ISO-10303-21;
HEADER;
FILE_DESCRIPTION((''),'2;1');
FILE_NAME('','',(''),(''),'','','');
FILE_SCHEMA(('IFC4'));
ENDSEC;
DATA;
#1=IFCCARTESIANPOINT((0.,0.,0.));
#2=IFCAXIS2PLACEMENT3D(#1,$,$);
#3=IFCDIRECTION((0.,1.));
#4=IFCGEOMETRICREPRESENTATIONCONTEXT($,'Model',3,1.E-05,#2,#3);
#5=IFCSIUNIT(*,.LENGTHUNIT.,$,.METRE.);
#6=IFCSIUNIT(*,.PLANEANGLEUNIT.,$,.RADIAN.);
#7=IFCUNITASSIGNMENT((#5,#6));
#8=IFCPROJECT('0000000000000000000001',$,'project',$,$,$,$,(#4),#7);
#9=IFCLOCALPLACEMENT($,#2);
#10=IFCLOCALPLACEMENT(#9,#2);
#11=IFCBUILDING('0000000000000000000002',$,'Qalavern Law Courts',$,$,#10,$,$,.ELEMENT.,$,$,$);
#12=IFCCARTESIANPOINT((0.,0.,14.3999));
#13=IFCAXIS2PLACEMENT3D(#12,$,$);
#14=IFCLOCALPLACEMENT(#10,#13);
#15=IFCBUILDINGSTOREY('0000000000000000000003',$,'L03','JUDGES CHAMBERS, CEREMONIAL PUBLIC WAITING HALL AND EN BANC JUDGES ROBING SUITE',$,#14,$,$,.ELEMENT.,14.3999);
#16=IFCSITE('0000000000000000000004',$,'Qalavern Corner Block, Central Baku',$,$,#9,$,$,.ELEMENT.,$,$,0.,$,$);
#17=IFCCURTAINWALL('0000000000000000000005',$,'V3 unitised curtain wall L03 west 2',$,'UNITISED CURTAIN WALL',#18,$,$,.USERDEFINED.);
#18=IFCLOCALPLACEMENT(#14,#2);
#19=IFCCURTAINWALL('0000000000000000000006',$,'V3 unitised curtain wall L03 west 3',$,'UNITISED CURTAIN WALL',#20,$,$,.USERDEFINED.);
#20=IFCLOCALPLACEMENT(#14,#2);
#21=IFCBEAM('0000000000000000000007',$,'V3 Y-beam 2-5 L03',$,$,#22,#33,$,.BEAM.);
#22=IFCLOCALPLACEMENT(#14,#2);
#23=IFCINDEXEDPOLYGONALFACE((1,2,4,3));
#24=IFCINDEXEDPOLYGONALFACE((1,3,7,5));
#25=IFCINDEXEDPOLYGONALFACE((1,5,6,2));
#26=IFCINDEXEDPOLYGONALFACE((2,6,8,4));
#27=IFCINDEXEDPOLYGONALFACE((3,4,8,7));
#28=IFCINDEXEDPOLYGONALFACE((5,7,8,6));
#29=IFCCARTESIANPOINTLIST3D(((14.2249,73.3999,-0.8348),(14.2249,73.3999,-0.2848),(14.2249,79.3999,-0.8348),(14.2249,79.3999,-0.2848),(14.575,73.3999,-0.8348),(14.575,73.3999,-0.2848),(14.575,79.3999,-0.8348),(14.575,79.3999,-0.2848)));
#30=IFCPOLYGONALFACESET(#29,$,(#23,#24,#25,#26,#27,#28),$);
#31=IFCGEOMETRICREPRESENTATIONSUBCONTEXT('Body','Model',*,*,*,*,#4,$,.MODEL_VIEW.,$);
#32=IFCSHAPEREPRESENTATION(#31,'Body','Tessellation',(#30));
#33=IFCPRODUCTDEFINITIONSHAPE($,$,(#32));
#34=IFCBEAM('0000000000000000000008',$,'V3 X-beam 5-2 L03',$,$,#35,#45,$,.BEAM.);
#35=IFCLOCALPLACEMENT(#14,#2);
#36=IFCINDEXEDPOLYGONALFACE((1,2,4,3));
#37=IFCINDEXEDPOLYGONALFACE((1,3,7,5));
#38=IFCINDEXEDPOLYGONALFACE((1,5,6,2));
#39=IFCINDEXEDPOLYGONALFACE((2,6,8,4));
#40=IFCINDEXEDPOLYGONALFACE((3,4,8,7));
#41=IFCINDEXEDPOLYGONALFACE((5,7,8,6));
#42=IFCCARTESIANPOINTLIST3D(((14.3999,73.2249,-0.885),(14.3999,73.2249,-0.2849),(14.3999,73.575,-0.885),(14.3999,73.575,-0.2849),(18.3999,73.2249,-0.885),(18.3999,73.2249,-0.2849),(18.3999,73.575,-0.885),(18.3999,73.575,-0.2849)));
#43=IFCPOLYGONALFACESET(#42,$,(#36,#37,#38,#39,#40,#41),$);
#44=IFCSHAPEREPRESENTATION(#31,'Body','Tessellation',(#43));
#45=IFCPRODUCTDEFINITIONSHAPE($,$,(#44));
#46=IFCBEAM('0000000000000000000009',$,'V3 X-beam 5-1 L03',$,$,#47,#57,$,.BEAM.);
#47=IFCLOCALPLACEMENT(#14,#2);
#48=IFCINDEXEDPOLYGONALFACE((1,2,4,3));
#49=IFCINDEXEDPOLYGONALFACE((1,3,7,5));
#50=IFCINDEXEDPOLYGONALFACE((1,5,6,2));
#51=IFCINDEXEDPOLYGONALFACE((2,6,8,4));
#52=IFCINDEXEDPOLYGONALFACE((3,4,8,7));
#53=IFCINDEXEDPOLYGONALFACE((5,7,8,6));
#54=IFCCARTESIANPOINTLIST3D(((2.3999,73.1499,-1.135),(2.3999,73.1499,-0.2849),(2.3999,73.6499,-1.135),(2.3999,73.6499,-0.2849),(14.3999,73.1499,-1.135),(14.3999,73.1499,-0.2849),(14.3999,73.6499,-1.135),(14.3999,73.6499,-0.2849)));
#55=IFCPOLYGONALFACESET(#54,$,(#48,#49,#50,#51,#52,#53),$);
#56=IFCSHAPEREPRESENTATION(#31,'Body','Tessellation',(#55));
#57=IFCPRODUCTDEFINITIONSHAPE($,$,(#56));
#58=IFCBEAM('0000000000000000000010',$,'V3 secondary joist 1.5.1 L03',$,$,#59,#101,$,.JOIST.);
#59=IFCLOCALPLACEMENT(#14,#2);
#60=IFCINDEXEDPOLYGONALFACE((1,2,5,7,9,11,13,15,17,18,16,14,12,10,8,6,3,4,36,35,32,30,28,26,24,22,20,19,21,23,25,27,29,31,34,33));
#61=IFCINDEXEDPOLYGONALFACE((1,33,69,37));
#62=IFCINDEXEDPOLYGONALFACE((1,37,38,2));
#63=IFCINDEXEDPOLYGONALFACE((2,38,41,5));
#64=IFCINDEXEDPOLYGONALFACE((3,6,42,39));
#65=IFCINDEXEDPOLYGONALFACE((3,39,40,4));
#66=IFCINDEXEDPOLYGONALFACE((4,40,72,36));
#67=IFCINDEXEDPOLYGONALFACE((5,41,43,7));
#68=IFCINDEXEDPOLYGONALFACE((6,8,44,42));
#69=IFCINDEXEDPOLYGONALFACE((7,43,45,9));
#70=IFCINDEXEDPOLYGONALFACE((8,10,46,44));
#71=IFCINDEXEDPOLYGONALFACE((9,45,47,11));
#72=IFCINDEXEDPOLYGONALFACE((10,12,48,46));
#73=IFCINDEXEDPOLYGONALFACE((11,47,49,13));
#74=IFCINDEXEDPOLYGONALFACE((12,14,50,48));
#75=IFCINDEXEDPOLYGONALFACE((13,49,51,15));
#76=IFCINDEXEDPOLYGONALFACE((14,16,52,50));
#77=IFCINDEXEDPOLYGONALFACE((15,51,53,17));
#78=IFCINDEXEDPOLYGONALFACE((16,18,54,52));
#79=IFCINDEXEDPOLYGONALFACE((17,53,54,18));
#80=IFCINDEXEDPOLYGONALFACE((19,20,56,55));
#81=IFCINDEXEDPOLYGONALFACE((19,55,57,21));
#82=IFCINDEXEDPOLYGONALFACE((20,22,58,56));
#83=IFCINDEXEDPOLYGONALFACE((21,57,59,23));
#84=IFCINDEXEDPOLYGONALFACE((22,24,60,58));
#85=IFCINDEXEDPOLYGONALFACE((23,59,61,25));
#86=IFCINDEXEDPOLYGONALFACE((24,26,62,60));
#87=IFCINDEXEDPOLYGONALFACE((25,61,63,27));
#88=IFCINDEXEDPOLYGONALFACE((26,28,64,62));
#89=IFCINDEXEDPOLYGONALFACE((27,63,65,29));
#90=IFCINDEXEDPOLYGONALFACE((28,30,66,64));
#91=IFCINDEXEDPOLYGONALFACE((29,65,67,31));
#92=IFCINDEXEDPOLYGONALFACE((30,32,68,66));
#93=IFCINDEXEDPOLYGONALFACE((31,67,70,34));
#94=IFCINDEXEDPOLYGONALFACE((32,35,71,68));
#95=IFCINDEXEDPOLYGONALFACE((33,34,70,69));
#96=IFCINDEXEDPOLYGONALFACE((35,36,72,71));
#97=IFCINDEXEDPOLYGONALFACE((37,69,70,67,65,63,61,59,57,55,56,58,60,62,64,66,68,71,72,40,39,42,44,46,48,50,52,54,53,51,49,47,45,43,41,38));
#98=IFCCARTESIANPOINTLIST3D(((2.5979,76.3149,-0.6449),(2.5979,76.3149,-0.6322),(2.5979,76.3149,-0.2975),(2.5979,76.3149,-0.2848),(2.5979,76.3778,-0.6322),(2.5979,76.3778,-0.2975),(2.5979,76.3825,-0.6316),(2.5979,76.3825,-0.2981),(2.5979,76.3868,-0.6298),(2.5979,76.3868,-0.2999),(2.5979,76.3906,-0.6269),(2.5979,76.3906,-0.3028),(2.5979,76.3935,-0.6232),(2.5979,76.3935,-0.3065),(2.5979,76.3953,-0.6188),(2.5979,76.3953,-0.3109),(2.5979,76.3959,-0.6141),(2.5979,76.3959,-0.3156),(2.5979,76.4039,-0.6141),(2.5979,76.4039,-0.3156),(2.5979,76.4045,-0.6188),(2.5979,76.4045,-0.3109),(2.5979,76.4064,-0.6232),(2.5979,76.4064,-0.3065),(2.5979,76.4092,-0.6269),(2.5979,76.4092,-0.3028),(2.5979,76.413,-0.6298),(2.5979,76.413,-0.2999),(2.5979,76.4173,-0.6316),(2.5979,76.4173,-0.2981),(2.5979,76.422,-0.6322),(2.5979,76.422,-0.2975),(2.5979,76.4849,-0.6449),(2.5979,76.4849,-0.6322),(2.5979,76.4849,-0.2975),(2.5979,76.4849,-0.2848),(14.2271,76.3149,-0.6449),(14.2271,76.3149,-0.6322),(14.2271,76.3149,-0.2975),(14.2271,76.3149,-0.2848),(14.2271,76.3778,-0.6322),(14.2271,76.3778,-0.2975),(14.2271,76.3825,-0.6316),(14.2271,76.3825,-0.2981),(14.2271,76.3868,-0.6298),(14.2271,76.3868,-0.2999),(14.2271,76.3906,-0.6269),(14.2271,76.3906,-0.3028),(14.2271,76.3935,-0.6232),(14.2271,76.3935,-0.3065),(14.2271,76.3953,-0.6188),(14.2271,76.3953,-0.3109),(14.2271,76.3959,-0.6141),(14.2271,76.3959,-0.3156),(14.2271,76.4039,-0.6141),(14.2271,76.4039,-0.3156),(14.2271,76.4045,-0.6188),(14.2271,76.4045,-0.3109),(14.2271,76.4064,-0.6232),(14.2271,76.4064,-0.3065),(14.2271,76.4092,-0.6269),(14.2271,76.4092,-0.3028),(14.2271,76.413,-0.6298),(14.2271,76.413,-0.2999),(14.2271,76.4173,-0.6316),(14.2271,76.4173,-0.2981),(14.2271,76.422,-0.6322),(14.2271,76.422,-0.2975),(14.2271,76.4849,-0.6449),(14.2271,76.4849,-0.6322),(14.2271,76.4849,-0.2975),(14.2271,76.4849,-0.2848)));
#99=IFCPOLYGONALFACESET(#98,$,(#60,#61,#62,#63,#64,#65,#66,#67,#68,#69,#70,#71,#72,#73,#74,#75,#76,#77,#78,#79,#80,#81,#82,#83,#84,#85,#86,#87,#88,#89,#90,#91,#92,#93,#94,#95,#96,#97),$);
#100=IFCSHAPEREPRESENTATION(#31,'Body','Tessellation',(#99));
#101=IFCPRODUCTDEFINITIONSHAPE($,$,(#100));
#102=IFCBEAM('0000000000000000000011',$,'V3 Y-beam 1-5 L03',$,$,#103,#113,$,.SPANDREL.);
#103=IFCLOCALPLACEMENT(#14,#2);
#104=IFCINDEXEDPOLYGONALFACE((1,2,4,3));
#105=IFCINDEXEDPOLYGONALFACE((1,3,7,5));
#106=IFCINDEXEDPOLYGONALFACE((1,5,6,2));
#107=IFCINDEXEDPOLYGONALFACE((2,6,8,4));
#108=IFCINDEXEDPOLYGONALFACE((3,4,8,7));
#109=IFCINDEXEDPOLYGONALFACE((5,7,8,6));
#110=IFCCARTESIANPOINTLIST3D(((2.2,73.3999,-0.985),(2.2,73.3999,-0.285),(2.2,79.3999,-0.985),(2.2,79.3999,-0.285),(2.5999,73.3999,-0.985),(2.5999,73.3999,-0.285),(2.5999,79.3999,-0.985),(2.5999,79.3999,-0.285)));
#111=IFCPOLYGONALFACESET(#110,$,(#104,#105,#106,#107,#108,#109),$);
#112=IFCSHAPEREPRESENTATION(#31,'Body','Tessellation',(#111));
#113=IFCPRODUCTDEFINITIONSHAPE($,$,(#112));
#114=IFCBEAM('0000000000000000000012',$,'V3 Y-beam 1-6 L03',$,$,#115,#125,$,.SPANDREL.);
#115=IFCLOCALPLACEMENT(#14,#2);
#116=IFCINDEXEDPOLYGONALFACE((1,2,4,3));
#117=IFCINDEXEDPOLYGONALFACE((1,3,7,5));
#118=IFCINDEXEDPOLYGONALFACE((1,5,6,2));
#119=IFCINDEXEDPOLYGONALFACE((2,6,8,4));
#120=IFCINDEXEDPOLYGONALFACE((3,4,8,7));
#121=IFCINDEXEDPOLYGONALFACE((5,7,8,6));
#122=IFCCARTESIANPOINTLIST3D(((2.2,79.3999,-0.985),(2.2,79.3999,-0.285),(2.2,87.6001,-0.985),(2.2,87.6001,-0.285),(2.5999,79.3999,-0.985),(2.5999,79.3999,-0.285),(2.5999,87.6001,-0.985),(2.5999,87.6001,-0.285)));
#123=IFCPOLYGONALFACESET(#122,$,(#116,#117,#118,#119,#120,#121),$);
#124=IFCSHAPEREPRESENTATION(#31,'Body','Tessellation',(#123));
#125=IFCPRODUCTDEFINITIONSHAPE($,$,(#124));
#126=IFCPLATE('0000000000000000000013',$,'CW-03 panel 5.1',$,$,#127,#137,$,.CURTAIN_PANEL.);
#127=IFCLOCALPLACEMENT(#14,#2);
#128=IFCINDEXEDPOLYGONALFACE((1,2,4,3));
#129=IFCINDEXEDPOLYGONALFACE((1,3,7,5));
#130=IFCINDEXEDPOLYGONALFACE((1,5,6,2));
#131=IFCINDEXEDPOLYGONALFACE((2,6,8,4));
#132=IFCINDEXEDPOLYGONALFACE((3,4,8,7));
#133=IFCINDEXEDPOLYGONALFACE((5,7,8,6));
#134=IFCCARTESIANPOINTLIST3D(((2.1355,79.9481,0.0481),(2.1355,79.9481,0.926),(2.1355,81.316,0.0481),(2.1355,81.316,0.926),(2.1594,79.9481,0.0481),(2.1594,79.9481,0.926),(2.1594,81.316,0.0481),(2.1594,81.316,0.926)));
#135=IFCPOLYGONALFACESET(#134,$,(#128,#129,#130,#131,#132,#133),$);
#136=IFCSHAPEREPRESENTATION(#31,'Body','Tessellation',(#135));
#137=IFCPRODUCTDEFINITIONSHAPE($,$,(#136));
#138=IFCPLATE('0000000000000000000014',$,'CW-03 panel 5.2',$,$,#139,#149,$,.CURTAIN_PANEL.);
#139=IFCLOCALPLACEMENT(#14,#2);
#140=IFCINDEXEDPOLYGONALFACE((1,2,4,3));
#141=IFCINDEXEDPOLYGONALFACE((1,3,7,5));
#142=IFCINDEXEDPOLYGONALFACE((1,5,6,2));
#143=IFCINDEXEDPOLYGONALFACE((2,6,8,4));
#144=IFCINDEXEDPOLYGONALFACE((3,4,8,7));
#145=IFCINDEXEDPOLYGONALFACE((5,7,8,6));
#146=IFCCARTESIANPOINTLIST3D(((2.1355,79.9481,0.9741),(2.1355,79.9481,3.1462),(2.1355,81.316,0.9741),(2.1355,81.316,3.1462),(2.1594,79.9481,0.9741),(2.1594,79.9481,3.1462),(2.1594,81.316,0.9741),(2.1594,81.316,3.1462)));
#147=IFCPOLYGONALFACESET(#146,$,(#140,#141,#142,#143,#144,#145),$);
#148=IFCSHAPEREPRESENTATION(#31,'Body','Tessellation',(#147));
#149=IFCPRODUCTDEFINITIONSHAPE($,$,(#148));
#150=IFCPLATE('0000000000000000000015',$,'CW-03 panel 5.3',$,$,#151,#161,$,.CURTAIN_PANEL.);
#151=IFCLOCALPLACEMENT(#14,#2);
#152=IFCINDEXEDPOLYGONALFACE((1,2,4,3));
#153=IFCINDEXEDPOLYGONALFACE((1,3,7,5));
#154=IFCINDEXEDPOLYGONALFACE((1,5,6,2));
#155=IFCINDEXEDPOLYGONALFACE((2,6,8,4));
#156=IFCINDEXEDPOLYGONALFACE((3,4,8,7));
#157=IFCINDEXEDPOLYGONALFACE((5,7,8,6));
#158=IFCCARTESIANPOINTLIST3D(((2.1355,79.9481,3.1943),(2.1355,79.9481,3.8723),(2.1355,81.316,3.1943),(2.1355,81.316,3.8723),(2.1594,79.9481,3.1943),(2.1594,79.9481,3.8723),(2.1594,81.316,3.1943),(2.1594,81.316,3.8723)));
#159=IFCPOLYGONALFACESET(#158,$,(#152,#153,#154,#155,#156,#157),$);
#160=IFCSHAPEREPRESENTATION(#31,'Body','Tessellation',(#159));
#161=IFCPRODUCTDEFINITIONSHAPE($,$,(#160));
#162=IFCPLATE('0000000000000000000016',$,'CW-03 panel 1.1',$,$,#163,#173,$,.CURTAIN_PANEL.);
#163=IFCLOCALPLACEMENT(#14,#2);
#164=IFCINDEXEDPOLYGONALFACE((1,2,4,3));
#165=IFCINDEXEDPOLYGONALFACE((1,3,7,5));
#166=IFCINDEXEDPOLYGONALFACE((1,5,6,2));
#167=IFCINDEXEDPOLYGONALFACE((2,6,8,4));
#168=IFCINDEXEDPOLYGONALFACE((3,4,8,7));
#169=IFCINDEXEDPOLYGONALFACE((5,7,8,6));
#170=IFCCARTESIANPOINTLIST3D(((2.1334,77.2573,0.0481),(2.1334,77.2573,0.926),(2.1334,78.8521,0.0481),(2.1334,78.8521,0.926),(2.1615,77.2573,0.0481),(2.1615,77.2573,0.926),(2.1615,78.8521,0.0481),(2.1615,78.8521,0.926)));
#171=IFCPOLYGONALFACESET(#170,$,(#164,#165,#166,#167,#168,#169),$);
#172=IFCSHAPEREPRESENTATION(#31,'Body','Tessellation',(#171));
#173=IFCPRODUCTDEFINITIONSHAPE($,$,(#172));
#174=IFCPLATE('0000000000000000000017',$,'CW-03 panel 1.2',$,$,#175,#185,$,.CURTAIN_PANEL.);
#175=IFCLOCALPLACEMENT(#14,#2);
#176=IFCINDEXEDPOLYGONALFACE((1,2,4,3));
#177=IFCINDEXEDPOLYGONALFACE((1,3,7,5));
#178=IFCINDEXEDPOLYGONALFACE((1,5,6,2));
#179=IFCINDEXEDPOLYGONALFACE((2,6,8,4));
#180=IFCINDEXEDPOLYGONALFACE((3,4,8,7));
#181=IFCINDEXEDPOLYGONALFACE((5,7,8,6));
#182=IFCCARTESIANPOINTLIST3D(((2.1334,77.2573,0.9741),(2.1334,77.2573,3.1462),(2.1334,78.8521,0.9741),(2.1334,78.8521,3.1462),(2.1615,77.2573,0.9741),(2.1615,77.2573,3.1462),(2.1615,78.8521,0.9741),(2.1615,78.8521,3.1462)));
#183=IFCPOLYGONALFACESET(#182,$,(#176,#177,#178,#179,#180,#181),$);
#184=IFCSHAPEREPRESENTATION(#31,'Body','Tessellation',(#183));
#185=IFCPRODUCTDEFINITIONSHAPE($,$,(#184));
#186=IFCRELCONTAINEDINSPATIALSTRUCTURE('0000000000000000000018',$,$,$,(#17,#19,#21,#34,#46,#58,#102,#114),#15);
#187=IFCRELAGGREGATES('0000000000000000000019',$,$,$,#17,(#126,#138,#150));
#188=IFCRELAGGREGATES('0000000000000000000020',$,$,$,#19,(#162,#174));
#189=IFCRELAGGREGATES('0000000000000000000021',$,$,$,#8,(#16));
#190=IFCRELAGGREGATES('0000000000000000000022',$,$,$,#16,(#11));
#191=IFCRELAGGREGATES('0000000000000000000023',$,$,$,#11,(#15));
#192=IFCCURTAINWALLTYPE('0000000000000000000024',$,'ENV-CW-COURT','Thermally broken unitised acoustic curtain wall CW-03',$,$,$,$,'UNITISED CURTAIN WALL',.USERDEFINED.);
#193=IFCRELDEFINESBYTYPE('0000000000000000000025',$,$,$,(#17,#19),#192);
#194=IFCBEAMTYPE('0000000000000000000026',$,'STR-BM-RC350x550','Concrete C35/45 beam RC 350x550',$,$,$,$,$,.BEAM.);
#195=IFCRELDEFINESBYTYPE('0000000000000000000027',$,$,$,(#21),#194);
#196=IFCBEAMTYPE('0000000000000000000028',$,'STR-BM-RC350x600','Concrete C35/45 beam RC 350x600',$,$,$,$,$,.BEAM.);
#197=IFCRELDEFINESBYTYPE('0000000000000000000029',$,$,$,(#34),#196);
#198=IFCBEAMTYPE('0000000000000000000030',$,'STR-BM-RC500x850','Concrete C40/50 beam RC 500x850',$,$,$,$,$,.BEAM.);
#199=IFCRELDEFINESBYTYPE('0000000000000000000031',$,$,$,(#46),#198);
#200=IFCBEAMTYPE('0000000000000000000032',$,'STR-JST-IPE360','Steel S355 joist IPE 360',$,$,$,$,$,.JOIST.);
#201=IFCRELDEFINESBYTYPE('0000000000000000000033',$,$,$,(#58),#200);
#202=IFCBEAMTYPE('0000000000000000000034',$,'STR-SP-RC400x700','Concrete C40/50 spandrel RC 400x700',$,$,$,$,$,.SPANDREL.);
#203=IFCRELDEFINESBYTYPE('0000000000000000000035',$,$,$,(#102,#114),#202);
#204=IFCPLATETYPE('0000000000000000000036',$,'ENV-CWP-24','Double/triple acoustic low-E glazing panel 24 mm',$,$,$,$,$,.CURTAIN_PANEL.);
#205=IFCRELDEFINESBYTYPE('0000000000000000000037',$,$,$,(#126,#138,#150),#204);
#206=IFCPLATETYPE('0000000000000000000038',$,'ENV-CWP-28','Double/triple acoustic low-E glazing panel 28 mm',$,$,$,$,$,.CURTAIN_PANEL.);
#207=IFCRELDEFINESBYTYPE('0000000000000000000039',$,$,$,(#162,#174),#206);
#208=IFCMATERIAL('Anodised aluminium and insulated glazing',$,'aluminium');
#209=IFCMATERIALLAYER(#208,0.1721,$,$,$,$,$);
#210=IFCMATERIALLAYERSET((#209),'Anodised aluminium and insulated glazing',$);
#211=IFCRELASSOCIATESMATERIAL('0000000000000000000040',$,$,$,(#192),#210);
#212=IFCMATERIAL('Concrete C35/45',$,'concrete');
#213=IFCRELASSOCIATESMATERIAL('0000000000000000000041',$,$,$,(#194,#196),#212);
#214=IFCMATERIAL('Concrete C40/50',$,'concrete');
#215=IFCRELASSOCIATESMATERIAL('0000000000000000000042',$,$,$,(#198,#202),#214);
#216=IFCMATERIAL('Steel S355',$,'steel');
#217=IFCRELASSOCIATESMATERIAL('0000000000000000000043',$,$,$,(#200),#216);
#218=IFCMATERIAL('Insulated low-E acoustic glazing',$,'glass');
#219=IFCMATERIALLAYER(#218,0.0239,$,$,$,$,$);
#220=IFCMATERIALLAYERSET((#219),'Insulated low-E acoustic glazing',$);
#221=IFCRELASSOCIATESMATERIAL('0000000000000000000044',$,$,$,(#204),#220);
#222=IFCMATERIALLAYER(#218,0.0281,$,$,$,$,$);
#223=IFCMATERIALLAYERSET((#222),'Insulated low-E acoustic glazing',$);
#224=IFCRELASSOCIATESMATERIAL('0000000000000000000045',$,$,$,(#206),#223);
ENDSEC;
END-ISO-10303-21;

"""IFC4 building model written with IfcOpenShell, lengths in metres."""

from ifc_helpers import new_model, si_unit, direction, frame, origin, origin_2d, place, context, subcontext, project, spatial, rectangle, i_section, extrude, material, layer, layer_set, material_profile, profile_set, type_object, element, aggregate, save


model = new_model("IFC4")

# Units and contexts
model_context = context("Model", 3, precision=1e-05, world=origin(), true_north=direction((0.0, 1.0)))
body_context = subcontext(model_context, "Body", "Model", "MODEL_VIEW")
ifc_project = project(units=[si_unit("LENGTHUNIT", "METRE"), si_unit("PLANEANGLEUNIT", "RADIAN")], contexts=[model_context])

# Site, building, storey
site_placement = place(None, origin())
site = spatial("IfcSite", under=ifc_project, at=site_placement, Name="Qalavern Corner Block, Central Baku", CompositionType="ELEMENT", RefElevation=0.0)
building_placement = place(site_placement, origin())
building = spatial("IfcBuilding", under=site, at=building_placement, Name="Qalavern Law Courts", CompositionType="ELEMENT")
storey_placement = place(building_placement, frame((0.0, 0.0, 14.3999)))
storey = spatial("IfcBuildingStorey", under=building, at=storey_placement, Name="L03", Description="JUDGES CHAMBERS, CEREMONIAL PUBLIC WAITING HALL AND EN BANC JUDGES ROBING SUITE", CompositionType="ELEMENT", Elevation=14.3999)

# Curtain wall
ifc_material_1 = material(Name="Anodised aluminium and insulated glazing", Category="aluminium")
ifc_layer_1 = layer(ifc_material_1, 0.1721)
ifc_layer_set_1 = layer_set([ifc_layer_1], Name="Anodised aluminium and insulated glazing")
curtain_wall_type = type_object("IfcCurtainWallType", Name="ENV-CW-COURT", Description="Thermally broken unitised acoustic curtain wall CW-03", ElementType="UNITISED CURTAIN WALL", PredefinedType="USERDEFINED", material=ifc_layer_set_1)
curtain_wall_1_placement = place(storey_placement, origin())
curtain_wall_1 = element("IfcCurtainWall", 1, at=curtain_wall_1_placement, inside=storey, type_object=curtain_wall_type, Name="V3 unitised curtain wall L03 west 2", ObjectType="UNITISED CURTAIN WALL", PredefinedType="USERDEFINED")

# Curtain wall
curtain_wall_2_placement = place(storey_placement, origin())
curtain_wall_2 = element("IfcCurtainWall", 2, at=curtain_wall_2_placement, inside=storey, type_object=curtain_wall_type, Name="V3 unitised curtain wall L03 west 3", ObjectType="UNITISED CURTAIN WALL", PredefinedType="USERDEFINED")

# Beams
ifc_material_2 = material(Name="Steel S355", Category="steel")
ifc_material_3 = material(Name="Concrete C35/45", Category="concrete")
ifc_material_profile_1 = material_profile(ifc_material_3, rectangle(XDim=0.3501, YDim=0.55, at=origin_2d()), Name="RC 350x550")
ifc_profile_set_1 = profile_set([ifc_material_profile_1], Name="Concrete C35/45")
beam_type_1 = type_object("IfcBeamType", Name="STR-BM-RC350x550", Description="Concrete C35/45 beam RC 350x550", PredefinedType="BEAM", material=ifc_profile_set_1)
beam_1_placement = place(storey_placement, frame((14.3999, 73.3999, -0.5598), z_axis=(0.0, 1.0, 0.0), x_axis=(-1.0, 0.0, 0.0)))
element("IfcBeam", 3, at=beam_1_placement, inside=storey, type_object=beam_type_1, Name="V3 Y-beam 2-5 L03", PredefinedType="BEAM", context=body_context, shape_type="SweptSolid", body=[
    extrude(rectangle(XDim=0.3501, YDim=0.55, at=origin_2d()), origin(), (0.0, 0.0, 1.0), 6.0),
])
ifc_material_profile_2 = material_profile(ifc_material_3, rectangle(XDim=0.3501, YDim=0.6001, at=origin_2d()), Name="RC 350x600")
ifc_profile_set_2 = profile_set([ifc_material_profile_2], Name="Concrete C35/45")
beam_type_2 = type_object("IfcBeamType", Name="STR-BM-RC350x600", Description="Concrete C35/45 beam RC 350x600", PredefinedType="BEAM", material=ifc_profile_set_2)
beam_2_placement = place(storey_placement, frame((14.3999, 73.3999, -0.585), z_axis=(1.0, 0.0, 0.0), x_axis=(0.0, 1.0, 0.0)))
element("IfcBeam", 4, at=beam_2_placement, inside=storey, type_object=beam_type_2, Name="V3 X-beam 5-2 L03", PredefinedType="BEAM", context=body_context, shape_type="SweptSolid", body=[
    extrude(rectangle(XDim=0.3501, YDim=0.6001, at=origin_2d()), origin(), (0.0, 0.0, 1.0), 4.0),
])
ifc_material_4 = material(Name="Concrete C40/50", Category="concrete")
ifc_material_profile_3 = material_profile(ifc_material_4, rectangle(XDim=0.5, YDim=0.8501, at=origin_2d()), Name="RC 500x850")
ifc_profile_set_3 = profile_set([ifc_material_profile_3], Name="Concrete C40/50")
beam_type_3 = type_object("IfcBeamType", Name="STR-BM-RC500x850", Description="Concrete C40/50 beam RC 500x850", PredefinedType="BEAM", material=ifc_profile_set_3)
beam_3_placement = place(storey_placement, frame((2.3999, 73.3999, -0.71), z_axis=(1.0, 0.0, 0.0), x_axis=(0.0, 1.0, 0.0)))
element("IfcBeam", 5, at=beam_3_placement, inside=storey, type_object=beam_type_3, Name="V3 X-beam 5-1 L03", PredefinedType="BEAM", context=body_context, shape_type="SweptSolid", body=[
    extrude(rectangle(XDim=0.5, YDim=0.8501, at=origin_2d()), origin(), (0.0, 0.0, 1.0), 12.0),
])
ifc_material_profile_4 = material_profile(ifc_material_2, i_section(OverallWidth=0.1699, OverallDepth=0.3601, WebThickness=0.0081, FlangeThickness=0.0127, FilletRadius=0.0181, at=origin_2d()), Name="IPE 360")
ifc_profile_set_4 = profile_set([ifc_material_profile_4], Name="Steel S355")
beam_type_4 = type_object("IfcBeamType", Name="STR-JST-IPE360", Description="Steel S355 joist IPE 360", PredefinedType="JOIST", material=ifc_profile_set_4)
beam_4_placement = place(storey_placement, frame((2.5979, 76.3999, -0.4648), z_axis=(1.0, 0.0, 0.0), x_axis=(0.0, 1.0, 0.0)))
element("IfcBeam", 6, at=beam_4_placement, inside=storey, type_object=beam_type_4, Name="V3 secondary joist 1.5.1 L03", PredefinedType="JOIST", context=body_context, shape_type="SweptSolid", body=[
    extrude(i_section(OverallWidth=0.1699, OverallDepth=0.3601, WebThickness=0.0081, FlangeThickness=0.0127, FilletRadius=0.0181, at=origin_2d()), origin(), (0.0, 0.0, 1.0), 11.6292),
])
ifc_material_profile_5 = material_profile(ifc_material_4, rectangle(XDim=0.3999, YDim=0.7, at=origin_2d()), Name="RC 400x700")
ifc_profile_set_5 = profile_set([ifc_material_profile_5], Name="Concrete C40/50")
beam_type_5 = type_object("IfcBeamType", Name="STR-SP-RC400x700", Description="Concrete C40/50 spandrel RC 400x700", PredefinedType="SPANDREL", material=ifc_profile_set_5)
beam_5_placement = place(storey_placement, frame((2.3999, 73.3999, -0.635), z_axis=(0.0, 1.0, 0.0), x_axis=(-1.0, 0.0, 0.0)))
element("IfcBeam", 7, at=beam_5_placement, inside=storey, type_object=beam_type_5, Name="V3 Y-beam 1-5 L03", PredefinedType="SPANDREL", context=body_context, shape_type="SweptSolid", body=[
    extrude(rectangle(XDim=0.3999, YDim=0.7, at=origin_2d()), origin(), (0.0, 0.0, 1.0), 6.0),
])
beam_6_placement = place(storey_placement, frame((2.3999, 79.3999, -0.635), z_axis=(0.0, 1.0, 0.0), x_axis=(-1.0, 0.0, 0.0)))
element("IfcBeam", 8, at=beam_6_placement, inside=storey, type_object=beam_type_5, Name="V3 Y-beam 1-6 L03", PredefinedType="SPANDREL", context=body_context, shape_type="SweptSolid", body=[
    extrude(rectangle(XDim=0.3999, YDim=0.7, at=origin_2d()), origin(), (0.0, 0.0, 1.0), 8.2002),
])

# Plates
ifc_material_5 = material(Name="Insulated low-E acoustic glazing", Category="glass")
ifc_layer_2 = layer(ifc_material_5, 0.0239)
ifc_layer_set_2 = layer_set([ifc_layer_2], Name="Insulated low-E acoustic glazing")
plate_type_1 = type_object("IfcPlateType", Name="ENV-CWP-24", Description="Double/triple acoustic low-E glazing panel 24 mm", PredefinedType="CURTAIN_PANEL", material=ifc_layer_set_2)
plate_1_placement = place(storey_placement, frame((2.1475, 80.6321, 0.0481), z_axis=(0.0, 0.0, 1.0), x_axis=(0.0, -1.0, 0.0)))
plate_1 = element("IfcPlate", 9, at=plate_1_placement, type_object=plate_type_1, Name="CW-03 panel 5.1", PredefinedType="CURTAIN_PANEL", context=body_context, shape_type="SweptSolid", body=[
    extrude(rectangle(XDim=1.3679, YDim=0.0239, at=origin_2d()), origin(), (0.0, 0.0, 1.0), 0.8779),
])
plate_2_placement = place(storey_placement, frame((2.1475, 80.6321, 0.9741), z_axis=(0.0, 0.0, 1.0), x_axis=(0.0, -1.0, 0.0)))
plate_2 = element("IfcPlate", 10, at=plate_2_placement, type_object=plate_type_1, Name="CW-03 panel 5.2", PredefinedType="CURTAIN_PANEL", context=body_context, shape_type="SweptSolid", body=[
    extrude(rectangle(XDim=1.3679, YDim=0.0239, at=origin_2d()), origin(), (0.0, 0.0, 1.0), 2.1721),
])
plate_3_placement = place(storey_placement, frame((2.1475, 80.6321, 3.1943), z_axis=(0.0, 0.0, 1.0), x_axis=(0.0, -1.0, 0.0)))
plate_3 = element("IfcPlate", 11, at=plate_3_placement, type_object=plate_type_1, Name="CW-03 panel 5.3", PredefinedType="CURTAIN_PANEL", context=body_context, shape_type="SweptSolid", body=[
    extrude(rectangle(XDim=1.3679, YDim=0.0239, at=origin_2d()), origin(), (0.0, 0.0, 1.0), 0.678),
])
aggregate(curtain_wall_1, [plate_1, plate_2, plate_3])
ifc_layer_3 = layer(ifc_material_5, 0.0281)
ifc_layer_set_3 = layer_set([ifc_layer_3], Name="Insulated low-E acoustic glazing")
plate_type_2 = type_object("IfcPlateType", Name="ENV-CWP-28", Description="Double/triple acoustic low-E glazing panel 28 mm", PredefinedType="CURTAIN_PANEL", material=ifc_layer_set_3)
plate_4_placement = place(storey_placement, frame((2.1475, 78.0547, 0.0481), z_axis=(0.0, 0.0, 1.0), x_axis=(0.0, -1.0, 0.0)))
plate_4 = element("IfcPlate", 12, at=plate_4_placement, type_object=plate_type_2, Name="CW-03 panel 1.1", PredefinedType="CURTAIN_PANEL", context=body_context, shape_type="SweptSolid", body=[
    extrude(rectangle(XDim=1.5947, YDim=0.0281, at=origin_2d()), origin(), (0.0, 0.0, 1.0), 0.8779),
])
plate_5_placement = place(storey_placement, frame((2.1475, 78.0547, 0.9741), z_axis=(0.0, 0.0, 1.0), x_axis=(0.0, -1.0, 0.0)))
plate_5 = element("IfcPlate", 13, at=plate_5_placement, type_object=plate_type_2, Name="CW-03 panel 1.2", PredefinedType="CURTAIN_PANEL", context=body_context, shape_type="SweptSolid", body=[
    extrude(rectangle(XDim=1.5947, YDim=0.0281, at=origin_2d()), origin(), (0.0, 0.0, 1.0), 2.1721),
])
aggregate(curtain_wall_2, [plate_4, plate_5])

save(model, "model.ifc")
